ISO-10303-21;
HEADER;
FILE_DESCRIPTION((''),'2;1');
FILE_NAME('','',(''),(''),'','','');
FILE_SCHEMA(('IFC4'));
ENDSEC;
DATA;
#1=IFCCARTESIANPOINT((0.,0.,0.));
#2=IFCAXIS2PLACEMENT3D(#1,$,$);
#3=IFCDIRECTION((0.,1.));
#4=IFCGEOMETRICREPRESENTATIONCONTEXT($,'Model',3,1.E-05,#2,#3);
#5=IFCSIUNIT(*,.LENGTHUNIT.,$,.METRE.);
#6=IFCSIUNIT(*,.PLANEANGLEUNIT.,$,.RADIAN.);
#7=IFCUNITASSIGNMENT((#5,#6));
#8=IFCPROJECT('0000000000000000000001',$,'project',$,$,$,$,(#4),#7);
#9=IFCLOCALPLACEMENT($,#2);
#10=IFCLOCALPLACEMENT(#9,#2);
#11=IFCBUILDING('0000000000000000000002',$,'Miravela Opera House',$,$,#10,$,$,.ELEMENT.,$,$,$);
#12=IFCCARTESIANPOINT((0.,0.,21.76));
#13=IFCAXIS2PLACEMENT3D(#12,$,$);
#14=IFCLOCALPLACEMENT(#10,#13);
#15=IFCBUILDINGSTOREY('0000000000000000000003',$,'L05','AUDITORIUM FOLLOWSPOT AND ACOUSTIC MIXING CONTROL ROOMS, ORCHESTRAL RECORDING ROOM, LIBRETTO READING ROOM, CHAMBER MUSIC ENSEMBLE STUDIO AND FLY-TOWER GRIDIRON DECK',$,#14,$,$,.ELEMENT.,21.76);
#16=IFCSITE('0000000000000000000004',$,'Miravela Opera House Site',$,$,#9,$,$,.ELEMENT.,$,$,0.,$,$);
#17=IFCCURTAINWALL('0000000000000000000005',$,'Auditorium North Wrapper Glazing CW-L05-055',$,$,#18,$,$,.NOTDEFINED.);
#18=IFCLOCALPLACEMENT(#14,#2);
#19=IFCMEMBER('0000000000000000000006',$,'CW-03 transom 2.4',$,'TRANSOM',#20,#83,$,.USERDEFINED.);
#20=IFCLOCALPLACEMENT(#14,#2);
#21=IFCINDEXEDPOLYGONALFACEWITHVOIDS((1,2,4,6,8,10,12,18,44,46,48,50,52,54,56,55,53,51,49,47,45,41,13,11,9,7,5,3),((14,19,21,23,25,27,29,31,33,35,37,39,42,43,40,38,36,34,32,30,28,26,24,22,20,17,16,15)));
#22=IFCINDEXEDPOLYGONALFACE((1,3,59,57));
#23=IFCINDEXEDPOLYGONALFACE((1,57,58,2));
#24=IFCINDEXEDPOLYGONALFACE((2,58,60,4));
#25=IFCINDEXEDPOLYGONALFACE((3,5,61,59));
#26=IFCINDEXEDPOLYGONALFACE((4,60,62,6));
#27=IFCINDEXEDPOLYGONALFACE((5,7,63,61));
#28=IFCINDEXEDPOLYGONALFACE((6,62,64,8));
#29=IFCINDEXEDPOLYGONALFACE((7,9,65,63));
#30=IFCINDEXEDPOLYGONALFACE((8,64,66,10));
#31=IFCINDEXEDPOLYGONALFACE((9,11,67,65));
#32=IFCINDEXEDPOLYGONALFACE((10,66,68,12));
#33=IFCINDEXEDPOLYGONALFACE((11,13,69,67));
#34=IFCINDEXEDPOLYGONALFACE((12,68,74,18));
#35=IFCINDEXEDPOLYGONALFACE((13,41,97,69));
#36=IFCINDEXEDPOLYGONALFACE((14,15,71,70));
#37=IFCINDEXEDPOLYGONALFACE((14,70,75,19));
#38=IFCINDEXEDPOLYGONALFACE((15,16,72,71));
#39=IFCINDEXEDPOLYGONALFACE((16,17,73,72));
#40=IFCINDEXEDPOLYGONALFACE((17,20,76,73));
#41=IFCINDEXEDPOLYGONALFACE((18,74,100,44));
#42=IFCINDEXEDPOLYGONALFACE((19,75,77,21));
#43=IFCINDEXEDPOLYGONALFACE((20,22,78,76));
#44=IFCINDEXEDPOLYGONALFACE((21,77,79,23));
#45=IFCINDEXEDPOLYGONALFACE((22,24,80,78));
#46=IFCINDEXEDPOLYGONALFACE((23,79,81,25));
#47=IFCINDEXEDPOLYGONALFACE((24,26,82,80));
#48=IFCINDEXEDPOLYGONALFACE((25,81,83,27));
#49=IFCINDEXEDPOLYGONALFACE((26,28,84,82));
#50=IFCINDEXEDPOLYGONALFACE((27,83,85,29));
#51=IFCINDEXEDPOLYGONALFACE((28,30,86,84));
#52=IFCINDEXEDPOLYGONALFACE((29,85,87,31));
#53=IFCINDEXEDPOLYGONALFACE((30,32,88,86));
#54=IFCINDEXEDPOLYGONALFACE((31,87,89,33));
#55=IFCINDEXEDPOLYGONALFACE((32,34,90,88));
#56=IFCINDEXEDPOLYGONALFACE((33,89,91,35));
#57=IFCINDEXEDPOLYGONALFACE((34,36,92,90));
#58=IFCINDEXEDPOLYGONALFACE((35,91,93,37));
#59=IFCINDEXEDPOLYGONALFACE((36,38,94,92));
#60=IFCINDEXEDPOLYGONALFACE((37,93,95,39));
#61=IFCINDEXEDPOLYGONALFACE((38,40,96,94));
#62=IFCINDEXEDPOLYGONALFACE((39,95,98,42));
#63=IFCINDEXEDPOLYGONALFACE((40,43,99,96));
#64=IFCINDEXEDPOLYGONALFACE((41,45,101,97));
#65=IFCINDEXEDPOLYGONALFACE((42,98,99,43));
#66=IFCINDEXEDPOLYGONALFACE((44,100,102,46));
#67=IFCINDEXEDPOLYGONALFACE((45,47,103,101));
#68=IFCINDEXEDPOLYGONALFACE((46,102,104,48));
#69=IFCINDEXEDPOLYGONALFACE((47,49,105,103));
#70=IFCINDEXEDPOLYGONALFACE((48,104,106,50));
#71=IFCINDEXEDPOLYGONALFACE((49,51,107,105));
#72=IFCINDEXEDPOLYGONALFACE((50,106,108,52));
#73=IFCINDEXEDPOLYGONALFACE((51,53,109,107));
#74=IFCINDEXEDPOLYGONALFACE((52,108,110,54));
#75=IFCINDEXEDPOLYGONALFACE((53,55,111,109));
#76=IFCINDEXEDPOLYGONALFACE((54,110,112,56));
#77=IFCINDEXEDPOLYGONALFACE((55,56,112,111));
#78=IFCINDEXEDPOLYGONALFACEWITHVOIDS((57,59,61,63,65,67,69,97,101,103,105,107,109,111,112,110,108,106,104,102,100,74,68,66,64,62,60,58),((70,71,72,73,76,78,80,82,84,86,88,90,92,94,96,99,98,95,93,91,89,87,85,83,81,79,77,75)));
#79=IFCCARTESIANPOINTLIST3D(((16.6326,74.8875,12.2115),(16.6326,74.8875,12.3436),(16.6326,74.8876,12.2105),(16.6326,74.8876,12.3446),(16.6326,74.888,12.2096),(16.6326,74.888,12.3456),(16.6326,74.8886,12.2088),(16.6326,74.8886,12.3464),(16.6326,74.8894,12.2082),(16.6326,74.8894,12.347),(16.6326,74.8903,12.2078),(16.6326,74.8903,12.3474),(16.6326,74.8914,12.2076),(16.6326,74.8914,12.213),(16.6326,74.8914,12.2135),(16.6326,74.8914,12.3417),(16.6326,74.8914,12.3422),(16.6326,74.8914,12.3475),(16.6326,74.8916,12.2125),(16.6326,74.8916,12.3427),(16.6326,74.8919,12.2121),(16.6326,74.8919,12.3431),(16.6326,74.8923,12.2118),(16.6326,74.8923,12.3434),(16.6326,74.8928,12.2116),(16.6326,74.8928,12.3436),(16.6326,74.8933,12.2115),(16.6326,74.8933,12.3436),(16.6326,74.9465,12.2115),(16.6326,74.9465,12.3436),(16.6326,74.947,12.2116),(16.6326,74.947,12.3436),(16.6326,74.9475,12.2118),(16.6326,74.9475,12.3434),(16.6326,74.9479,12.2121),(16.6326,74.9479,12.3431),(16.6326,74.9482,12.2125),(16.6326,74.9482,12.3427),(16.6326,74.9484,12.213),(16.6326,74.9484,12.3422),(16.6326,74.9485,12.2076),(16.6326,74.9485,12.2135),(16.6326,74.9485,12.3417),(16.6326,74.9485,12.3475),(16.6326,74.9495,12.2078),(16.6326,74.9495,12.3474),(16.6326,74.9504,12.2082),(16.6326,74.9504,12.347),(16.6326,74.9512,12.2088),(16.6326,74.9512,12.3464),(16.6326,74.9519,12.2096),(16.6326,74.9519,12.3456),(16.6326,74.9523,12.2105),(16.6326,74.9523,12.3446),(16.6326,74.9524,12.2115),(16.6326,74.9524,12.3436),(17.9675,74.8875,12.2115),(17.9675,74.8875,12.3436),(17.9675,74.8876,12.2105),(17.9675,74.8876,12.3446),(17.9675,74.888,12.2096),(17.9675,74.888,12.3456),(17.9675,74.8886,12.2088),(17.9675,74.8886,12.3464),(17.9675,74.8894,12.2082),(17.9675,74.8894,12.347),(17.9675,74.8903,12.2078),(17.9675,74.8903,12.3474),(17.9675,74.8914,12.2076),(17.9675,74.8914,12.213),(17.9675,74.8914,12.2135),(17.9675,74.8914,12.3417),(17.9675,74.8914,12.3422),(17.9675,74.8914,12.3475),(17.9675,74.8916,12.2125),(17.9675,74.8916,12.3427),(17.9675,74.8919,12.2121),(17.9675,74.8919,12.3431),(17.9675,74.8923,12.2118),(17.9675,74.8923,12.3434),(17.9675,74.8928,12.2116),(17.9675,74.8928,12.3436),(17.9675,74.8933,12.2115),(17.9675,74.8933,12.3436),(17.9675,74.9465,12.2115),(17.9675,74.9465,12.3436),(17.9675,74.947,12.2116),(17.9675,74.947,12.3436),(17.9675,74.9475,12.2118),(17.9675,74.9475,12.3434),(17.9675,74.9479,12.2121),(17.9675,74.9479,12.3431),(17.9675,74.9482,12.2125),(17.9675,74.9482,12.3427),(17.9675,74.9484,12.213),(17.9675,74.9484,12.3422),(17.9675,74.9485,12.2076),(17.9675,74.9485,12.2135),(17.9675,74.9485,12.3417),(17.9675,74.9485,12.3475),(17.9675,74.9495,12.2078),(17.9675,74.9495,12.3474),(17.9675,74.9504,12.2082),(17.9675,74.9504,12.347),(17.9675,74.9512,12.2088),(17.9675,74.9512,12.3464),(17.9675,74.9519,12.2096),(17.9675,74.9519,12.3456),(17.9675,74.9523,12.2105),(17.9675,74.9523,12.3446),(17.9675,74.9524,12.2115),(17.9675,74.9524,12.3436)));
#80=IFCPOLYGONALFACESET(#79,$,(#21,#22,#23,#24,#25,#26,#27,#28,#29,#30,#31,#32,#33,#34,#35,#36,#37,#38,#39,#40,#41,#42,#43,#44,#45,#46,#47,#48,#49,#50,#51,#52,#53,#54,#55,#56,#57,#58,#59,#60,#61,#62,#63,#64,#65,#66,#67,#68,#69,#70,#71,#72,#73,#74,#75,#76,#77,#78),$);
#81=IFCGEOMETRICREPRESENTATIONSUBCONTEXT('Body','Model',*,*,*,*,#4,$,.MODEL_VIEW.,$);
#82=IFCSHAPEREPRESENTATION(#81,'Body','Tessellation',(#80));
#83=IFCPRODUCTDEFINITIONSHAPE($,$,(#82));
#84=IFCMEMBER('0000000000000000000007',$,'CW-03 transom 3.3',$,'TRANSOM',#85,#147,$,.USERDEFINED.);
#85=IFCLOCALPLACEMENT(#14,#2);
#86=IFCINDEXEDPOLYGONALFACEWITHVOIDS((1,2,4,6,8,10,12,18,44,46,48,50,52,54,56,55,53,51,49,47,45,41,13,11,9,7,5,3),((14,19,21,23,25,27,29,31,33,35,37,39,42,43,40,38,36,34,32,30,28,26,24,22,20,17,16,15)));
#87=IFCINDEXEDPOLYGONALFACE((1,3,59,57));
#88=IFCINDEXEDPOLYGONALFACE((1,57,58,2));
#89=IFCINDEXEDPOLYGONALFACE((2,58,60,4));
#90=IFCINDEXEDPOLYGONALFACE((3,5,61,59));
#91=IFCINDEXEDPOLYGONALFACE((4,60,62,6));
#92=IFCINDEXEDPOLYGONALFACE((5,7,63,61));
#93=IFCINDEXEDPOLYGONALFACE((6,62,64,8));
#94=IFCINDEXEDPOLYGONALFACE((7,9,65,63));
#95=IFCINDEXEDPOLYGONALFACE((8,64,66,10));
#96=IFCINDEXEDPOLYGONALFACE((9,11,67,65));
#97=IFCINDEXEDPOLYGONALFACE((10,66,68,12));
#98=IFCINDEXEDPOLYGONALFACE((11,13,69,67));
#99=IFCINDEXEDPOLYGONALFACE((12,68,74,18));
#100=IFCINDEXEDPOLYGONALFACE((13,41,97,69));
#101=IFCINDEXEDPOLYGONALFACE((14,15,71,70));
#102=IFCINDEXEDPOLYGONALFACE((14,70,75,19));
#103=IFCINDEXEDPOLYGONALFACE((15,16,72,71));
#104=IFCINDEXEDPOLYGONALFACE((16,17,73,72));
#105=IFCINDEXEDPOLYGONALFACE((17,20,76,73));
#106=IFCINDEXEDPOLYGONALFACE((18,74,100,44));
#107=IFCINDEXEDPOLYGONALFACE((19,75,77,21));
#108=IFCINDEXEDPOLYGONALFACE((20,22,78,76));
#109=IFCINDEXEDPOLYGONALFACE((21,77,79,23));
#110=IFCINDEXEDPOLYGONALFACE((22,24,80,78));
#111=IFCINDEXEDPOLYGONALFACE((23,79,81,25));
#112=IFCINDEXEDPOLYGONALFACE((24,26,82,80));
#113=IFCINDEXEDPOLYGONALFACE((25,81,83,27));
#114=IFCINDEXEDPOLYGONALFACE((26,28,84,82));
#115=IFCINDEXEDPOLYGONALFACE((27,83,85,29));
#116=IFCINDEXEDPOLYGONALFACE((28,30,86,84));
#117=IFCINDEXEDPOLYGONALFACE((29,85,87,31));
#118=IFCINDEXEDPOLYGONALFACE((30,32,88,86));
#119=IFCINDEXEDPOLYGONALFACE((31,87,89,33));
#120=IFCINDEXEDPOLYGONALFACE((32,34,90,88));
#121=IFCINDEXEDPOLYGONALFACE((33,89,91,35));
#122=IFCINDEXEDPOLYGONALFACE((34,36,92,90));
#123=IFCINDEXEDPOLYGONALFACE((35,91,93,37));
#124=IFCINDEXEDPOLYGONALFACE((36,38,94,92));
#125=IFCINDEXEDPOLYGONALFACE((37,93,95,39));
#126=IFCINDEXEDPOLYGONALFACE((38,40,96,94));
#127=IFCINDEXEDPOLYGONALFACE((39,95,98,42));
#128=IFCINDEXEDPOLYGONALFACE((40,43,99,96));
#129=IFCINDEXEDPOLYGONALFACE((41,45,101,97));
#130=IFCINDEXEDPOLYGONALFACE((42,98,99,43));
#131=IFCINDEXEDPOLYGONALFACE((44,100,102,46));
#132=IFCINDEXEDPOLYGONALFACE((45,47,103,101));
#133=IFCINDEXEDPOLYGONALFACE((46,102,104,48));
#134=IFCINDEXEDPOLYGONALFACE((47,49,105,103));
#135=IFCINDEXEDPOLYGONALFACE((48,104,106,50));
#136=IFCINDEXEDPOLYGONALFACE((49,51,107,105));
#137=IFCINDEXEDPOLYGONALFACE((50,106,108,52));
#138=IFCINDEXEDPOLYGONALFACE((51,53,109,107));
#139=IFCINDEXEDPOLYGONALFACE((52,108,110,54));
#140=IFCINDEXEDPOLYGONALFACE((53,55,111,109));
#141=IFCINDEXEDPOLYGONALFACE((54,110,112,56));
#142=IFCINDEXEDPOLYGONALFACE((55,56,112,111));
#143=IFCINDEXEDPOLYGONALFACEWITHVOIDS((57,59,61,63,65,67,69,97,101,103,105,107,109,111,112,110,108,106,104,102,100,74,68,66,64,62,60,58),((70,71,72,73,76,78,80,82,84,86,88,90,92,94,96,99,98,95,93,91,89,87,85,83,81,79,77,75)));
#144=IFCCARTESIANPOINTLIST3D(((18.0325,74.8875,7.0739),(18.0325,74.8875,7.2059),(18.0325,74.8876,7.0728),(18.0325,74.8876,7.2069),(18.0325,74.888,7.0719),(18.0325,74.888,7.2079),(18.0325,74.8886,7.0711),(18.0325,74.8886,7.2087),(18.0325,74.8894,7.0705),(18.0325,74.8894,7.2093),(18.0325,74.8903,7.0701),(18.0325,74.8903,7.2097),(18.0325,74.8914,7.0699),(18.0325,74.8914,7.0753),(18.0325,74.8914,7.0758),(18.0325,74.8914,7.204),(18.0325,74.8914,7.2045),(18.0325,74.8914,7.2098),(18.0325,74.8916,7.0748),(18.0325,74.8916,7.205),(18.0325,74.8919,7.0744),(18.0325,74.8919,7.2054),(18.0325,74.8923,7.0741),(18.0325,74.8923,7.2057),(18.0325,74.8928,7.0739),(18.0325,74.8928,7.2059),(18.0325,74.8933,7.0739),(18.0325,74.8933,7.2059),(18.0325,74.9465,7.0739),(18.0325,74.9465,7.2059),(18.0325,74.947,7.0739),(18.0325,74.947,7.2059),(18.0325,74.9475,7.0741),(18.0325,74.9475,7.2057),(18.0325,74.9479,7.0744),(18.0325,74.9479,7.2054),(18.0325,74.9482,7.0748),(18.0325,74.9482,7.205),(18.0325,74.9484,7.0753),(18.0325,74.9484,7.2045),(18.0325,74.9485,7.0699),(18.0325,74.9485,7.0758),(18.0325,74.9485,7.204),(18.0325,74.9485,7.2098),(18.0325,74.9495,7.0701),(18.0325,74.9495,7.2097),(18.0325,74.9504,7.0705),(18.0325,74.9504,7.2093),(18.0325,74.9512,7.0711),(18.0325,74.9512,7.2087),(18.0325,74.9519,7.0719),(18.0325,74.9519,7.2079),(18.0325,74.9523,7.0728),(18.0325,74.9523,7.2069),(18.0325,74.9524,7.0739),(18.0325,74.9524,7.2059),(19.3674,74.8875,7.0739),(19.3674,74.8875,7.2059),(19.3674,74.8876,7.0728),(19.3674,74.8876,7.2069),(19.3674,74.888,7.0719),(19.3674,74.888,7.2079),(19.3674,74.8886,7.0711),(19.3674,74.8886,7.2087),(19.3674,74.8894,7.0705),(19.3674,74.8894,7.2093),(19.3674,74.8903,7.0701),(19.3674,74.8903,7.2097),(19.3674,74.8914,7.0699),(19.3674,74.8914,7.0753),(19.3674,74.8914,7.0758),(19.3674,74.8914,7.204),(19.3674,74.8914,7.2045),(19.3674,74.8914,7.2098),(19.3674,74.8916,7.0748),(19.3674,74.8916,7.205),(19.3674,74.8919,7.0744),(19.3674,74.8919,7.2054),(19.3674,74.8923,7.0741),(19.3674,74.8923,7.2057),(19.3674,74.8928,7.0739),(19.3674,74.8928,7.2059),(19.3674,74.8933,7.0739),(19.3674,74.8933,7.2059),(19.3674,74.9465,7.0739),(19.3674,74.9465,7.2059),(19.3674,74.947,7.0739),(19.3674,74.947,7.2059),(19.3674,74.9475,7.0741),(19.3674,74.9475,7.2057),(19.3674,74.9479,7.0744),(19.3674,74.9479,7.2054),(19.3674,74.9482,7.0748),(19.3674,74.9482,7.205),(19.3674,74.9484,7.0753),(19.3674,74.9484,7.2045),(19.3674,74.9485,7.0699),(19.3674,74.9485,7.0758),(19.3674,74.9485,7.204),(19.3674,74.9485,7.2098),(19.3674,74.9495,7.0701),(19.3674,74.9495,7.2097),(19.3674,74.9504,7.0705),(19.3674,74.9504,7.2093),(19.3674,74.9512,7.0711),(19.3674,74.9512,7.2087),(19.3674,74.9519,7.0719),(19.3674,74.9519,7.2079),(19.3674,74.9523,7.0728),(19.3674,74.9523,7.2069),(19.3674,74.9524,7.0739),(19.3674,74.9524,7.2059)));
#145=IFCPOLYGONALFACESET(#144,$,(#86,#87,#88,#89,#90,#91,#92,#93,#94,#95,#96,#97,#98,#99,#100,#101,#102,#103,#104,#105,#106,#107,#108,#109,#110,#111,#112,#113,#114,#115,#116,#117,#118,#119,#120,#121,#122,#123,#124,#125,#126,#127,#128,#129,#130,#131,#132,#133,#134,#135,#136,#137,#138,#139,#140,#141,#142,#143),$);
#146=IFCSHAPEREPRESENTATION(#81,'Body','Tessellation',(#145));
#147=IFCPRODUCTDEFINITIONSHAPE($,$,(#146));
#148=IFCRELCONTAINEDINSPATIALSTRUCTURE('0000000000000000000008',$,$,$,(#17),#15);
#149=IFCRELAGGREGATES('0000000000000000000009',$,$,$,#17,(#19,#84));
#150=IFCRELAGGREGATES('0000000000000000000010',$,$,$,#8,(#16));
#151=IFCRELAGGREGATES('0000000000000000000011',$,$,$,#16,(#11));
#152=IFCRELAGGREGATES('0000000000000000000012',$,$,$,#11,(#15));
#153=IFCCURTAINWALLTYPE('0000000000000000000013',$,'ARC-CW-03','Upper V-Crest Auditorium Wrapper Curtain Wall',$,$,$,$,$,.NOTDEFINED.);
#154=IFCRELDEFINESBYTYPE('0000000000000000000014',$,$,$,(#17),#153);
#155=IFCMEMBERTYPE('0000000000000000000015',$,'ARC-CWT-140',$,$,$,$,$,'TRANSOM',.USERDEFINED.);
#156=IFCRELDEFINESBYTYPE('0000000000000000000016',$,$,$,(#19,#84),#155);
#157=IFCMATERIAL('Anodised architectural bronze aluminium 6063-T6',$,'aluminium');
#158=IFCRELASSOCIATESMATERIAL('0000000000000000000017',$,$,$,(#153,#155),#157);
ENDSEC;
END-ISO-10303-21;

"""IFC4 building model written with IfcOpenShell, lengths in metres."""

from ifc_helpers import new_model, si_unit, direction, frame, origin, origin_2d, place, context, subcontext, project, spatial, hollow_rectangle, extrude, material, material_profile, profile_set, type_object, element, aggregate, save


model = new_model("IFC4")

# Units and contexts
model_context = context("Model", 3, precision=1e-05, world=origin(), true_north=direction((0.0, 1.0)))
body_context = subcontext(model_context, "Body", "Model", "MODEL_VIEW")
ifc_project = project(units=[si_unit("LENGTHUNIT", "METRE"), si_unit("PLANEANGLEUNIT", "RADIAN")], contexts=[model_context])

# Site, building, storey
site_placement = place(None, origin())
site = spatial("IfcSite", under=ifc_project, at=site_placement, Name="Miravela Opera House Site", CompositionType="ELEMENT", RefElevation=0.0)
building_placement = place(site_placement, origin())
building = spatial("IfcBuilding", under=site, at=building_placement, Name="Miravela Opera House", CompositionType="ELEMENT")
storey_placement = place(building_placement, frame((0.0, 0.0, 21.76)))
storey = spatial("IfcBuildingStorey", under=building, at=storey_placement, Name="L05", Description="AUDITORIUM FOLLOWSPOT AND ACOUSTIC MIXING CONTROL ROOMS, ORCHESTRAL RECORDING ROOM, LIBRETTO READING ROOM, CHAMBER MUSIC ENSEMBLE STUDIO AND FLY-TOWER GRIDIRON DECK", CompositionType="ELEMENT", Elevation=21.76)

# Curtain wall, members
ifc_material_1 = material(Name="Anodised architectural bronze aluminium 6063-T6", Category="aluminium")
curtain_wall_type = type_object("IfcCurtainWallType", Name="ARC-CW-03", Description="Upper V-Crest Auditorium Wrapper Curtain Wall", PredefinedType="NOTDEFINED", material=ifc_material_1)
ifc_material_profile_1 = material_profile(ifc_material_1, hollow_rectangle(XDim=0.0649, YDim=0.1399, WallThickness=0.0039, InnerFilletRadius=0.002, OuterFilletRadius=0.0039, at=origin_2d()), Name="CWT-65X140")
ifc_profile_set_1 = profile_set([ifc_material_profile_1])
member_type_1 = type_object("IfcMemberType", Name="ARC-CWT-140", ElementType="TRANSOM", PredefinedType="USERDEFINED", material=ifc_profile_set_1)
curtain_wall_1_placement = place(storey_placement, origin())
curtain_wall_1 = element("IfcCurtainWall", 1, at=curtain_wall_1_placement, inside=storey, type_object=curtain_wall_type, Name="Auditorium North Wrapper Glazing CW-L05-055", PredefinedType="NOTDEFINED")
member_1_placement = place(storey_placement, frame((16.6326, 74.9199, 12.2776), z_axis=(1.0, 0.0, 0.0), x_axis=(0.0, 1.0, 0.0)))
member_1 = element("IfcMember", 2, at=member_1_placement, type_object=member_type_1, Name="CW-03 transom 2.4", ObjectType="TRANSOM", PredefinedType="USERDEFINED", context=body_context, shape_type="SweptSolid", body=[
    extrude(hollow_rectangle(XDim=0.0649, YDim=0.1399, WallThickness=0.0039, InnerFilletRadius=0.002, OuterFilletRadius=0.0039, at=origin_2d()), origin(), (0.0, 0.0, 1.0), 1.335),
])
member_2_placement = place(storey_placement, frame((18.0325, 74.9199, 7.1399), z_axis=(1.0, 0.0, 0.0), x_axis=(0.0, 1.0, 0.0)))
member_2 = element("IfcMember", 3, at=member_2_placement, type_object=member_type_1, Name="CW-03 transom 3.3", ObjectType="TRANSOM", PredefinedType="USERDEFINED", context=body_context, shape_type="SweptSolid", body=[
    extrude(hollow_rectangle(XDim=0.0649, YDim=0.1399, WallThickness=0.0039, InnerFilletRadius=0.002, OuterFilletRadius=0.0039, at=origin_2d()), origin(), (0.0, 0.0, 1.0), 1.335),
])

aggregate(curtain_wall_1, [member_1, member_2])

save(model, "model.ifc")
